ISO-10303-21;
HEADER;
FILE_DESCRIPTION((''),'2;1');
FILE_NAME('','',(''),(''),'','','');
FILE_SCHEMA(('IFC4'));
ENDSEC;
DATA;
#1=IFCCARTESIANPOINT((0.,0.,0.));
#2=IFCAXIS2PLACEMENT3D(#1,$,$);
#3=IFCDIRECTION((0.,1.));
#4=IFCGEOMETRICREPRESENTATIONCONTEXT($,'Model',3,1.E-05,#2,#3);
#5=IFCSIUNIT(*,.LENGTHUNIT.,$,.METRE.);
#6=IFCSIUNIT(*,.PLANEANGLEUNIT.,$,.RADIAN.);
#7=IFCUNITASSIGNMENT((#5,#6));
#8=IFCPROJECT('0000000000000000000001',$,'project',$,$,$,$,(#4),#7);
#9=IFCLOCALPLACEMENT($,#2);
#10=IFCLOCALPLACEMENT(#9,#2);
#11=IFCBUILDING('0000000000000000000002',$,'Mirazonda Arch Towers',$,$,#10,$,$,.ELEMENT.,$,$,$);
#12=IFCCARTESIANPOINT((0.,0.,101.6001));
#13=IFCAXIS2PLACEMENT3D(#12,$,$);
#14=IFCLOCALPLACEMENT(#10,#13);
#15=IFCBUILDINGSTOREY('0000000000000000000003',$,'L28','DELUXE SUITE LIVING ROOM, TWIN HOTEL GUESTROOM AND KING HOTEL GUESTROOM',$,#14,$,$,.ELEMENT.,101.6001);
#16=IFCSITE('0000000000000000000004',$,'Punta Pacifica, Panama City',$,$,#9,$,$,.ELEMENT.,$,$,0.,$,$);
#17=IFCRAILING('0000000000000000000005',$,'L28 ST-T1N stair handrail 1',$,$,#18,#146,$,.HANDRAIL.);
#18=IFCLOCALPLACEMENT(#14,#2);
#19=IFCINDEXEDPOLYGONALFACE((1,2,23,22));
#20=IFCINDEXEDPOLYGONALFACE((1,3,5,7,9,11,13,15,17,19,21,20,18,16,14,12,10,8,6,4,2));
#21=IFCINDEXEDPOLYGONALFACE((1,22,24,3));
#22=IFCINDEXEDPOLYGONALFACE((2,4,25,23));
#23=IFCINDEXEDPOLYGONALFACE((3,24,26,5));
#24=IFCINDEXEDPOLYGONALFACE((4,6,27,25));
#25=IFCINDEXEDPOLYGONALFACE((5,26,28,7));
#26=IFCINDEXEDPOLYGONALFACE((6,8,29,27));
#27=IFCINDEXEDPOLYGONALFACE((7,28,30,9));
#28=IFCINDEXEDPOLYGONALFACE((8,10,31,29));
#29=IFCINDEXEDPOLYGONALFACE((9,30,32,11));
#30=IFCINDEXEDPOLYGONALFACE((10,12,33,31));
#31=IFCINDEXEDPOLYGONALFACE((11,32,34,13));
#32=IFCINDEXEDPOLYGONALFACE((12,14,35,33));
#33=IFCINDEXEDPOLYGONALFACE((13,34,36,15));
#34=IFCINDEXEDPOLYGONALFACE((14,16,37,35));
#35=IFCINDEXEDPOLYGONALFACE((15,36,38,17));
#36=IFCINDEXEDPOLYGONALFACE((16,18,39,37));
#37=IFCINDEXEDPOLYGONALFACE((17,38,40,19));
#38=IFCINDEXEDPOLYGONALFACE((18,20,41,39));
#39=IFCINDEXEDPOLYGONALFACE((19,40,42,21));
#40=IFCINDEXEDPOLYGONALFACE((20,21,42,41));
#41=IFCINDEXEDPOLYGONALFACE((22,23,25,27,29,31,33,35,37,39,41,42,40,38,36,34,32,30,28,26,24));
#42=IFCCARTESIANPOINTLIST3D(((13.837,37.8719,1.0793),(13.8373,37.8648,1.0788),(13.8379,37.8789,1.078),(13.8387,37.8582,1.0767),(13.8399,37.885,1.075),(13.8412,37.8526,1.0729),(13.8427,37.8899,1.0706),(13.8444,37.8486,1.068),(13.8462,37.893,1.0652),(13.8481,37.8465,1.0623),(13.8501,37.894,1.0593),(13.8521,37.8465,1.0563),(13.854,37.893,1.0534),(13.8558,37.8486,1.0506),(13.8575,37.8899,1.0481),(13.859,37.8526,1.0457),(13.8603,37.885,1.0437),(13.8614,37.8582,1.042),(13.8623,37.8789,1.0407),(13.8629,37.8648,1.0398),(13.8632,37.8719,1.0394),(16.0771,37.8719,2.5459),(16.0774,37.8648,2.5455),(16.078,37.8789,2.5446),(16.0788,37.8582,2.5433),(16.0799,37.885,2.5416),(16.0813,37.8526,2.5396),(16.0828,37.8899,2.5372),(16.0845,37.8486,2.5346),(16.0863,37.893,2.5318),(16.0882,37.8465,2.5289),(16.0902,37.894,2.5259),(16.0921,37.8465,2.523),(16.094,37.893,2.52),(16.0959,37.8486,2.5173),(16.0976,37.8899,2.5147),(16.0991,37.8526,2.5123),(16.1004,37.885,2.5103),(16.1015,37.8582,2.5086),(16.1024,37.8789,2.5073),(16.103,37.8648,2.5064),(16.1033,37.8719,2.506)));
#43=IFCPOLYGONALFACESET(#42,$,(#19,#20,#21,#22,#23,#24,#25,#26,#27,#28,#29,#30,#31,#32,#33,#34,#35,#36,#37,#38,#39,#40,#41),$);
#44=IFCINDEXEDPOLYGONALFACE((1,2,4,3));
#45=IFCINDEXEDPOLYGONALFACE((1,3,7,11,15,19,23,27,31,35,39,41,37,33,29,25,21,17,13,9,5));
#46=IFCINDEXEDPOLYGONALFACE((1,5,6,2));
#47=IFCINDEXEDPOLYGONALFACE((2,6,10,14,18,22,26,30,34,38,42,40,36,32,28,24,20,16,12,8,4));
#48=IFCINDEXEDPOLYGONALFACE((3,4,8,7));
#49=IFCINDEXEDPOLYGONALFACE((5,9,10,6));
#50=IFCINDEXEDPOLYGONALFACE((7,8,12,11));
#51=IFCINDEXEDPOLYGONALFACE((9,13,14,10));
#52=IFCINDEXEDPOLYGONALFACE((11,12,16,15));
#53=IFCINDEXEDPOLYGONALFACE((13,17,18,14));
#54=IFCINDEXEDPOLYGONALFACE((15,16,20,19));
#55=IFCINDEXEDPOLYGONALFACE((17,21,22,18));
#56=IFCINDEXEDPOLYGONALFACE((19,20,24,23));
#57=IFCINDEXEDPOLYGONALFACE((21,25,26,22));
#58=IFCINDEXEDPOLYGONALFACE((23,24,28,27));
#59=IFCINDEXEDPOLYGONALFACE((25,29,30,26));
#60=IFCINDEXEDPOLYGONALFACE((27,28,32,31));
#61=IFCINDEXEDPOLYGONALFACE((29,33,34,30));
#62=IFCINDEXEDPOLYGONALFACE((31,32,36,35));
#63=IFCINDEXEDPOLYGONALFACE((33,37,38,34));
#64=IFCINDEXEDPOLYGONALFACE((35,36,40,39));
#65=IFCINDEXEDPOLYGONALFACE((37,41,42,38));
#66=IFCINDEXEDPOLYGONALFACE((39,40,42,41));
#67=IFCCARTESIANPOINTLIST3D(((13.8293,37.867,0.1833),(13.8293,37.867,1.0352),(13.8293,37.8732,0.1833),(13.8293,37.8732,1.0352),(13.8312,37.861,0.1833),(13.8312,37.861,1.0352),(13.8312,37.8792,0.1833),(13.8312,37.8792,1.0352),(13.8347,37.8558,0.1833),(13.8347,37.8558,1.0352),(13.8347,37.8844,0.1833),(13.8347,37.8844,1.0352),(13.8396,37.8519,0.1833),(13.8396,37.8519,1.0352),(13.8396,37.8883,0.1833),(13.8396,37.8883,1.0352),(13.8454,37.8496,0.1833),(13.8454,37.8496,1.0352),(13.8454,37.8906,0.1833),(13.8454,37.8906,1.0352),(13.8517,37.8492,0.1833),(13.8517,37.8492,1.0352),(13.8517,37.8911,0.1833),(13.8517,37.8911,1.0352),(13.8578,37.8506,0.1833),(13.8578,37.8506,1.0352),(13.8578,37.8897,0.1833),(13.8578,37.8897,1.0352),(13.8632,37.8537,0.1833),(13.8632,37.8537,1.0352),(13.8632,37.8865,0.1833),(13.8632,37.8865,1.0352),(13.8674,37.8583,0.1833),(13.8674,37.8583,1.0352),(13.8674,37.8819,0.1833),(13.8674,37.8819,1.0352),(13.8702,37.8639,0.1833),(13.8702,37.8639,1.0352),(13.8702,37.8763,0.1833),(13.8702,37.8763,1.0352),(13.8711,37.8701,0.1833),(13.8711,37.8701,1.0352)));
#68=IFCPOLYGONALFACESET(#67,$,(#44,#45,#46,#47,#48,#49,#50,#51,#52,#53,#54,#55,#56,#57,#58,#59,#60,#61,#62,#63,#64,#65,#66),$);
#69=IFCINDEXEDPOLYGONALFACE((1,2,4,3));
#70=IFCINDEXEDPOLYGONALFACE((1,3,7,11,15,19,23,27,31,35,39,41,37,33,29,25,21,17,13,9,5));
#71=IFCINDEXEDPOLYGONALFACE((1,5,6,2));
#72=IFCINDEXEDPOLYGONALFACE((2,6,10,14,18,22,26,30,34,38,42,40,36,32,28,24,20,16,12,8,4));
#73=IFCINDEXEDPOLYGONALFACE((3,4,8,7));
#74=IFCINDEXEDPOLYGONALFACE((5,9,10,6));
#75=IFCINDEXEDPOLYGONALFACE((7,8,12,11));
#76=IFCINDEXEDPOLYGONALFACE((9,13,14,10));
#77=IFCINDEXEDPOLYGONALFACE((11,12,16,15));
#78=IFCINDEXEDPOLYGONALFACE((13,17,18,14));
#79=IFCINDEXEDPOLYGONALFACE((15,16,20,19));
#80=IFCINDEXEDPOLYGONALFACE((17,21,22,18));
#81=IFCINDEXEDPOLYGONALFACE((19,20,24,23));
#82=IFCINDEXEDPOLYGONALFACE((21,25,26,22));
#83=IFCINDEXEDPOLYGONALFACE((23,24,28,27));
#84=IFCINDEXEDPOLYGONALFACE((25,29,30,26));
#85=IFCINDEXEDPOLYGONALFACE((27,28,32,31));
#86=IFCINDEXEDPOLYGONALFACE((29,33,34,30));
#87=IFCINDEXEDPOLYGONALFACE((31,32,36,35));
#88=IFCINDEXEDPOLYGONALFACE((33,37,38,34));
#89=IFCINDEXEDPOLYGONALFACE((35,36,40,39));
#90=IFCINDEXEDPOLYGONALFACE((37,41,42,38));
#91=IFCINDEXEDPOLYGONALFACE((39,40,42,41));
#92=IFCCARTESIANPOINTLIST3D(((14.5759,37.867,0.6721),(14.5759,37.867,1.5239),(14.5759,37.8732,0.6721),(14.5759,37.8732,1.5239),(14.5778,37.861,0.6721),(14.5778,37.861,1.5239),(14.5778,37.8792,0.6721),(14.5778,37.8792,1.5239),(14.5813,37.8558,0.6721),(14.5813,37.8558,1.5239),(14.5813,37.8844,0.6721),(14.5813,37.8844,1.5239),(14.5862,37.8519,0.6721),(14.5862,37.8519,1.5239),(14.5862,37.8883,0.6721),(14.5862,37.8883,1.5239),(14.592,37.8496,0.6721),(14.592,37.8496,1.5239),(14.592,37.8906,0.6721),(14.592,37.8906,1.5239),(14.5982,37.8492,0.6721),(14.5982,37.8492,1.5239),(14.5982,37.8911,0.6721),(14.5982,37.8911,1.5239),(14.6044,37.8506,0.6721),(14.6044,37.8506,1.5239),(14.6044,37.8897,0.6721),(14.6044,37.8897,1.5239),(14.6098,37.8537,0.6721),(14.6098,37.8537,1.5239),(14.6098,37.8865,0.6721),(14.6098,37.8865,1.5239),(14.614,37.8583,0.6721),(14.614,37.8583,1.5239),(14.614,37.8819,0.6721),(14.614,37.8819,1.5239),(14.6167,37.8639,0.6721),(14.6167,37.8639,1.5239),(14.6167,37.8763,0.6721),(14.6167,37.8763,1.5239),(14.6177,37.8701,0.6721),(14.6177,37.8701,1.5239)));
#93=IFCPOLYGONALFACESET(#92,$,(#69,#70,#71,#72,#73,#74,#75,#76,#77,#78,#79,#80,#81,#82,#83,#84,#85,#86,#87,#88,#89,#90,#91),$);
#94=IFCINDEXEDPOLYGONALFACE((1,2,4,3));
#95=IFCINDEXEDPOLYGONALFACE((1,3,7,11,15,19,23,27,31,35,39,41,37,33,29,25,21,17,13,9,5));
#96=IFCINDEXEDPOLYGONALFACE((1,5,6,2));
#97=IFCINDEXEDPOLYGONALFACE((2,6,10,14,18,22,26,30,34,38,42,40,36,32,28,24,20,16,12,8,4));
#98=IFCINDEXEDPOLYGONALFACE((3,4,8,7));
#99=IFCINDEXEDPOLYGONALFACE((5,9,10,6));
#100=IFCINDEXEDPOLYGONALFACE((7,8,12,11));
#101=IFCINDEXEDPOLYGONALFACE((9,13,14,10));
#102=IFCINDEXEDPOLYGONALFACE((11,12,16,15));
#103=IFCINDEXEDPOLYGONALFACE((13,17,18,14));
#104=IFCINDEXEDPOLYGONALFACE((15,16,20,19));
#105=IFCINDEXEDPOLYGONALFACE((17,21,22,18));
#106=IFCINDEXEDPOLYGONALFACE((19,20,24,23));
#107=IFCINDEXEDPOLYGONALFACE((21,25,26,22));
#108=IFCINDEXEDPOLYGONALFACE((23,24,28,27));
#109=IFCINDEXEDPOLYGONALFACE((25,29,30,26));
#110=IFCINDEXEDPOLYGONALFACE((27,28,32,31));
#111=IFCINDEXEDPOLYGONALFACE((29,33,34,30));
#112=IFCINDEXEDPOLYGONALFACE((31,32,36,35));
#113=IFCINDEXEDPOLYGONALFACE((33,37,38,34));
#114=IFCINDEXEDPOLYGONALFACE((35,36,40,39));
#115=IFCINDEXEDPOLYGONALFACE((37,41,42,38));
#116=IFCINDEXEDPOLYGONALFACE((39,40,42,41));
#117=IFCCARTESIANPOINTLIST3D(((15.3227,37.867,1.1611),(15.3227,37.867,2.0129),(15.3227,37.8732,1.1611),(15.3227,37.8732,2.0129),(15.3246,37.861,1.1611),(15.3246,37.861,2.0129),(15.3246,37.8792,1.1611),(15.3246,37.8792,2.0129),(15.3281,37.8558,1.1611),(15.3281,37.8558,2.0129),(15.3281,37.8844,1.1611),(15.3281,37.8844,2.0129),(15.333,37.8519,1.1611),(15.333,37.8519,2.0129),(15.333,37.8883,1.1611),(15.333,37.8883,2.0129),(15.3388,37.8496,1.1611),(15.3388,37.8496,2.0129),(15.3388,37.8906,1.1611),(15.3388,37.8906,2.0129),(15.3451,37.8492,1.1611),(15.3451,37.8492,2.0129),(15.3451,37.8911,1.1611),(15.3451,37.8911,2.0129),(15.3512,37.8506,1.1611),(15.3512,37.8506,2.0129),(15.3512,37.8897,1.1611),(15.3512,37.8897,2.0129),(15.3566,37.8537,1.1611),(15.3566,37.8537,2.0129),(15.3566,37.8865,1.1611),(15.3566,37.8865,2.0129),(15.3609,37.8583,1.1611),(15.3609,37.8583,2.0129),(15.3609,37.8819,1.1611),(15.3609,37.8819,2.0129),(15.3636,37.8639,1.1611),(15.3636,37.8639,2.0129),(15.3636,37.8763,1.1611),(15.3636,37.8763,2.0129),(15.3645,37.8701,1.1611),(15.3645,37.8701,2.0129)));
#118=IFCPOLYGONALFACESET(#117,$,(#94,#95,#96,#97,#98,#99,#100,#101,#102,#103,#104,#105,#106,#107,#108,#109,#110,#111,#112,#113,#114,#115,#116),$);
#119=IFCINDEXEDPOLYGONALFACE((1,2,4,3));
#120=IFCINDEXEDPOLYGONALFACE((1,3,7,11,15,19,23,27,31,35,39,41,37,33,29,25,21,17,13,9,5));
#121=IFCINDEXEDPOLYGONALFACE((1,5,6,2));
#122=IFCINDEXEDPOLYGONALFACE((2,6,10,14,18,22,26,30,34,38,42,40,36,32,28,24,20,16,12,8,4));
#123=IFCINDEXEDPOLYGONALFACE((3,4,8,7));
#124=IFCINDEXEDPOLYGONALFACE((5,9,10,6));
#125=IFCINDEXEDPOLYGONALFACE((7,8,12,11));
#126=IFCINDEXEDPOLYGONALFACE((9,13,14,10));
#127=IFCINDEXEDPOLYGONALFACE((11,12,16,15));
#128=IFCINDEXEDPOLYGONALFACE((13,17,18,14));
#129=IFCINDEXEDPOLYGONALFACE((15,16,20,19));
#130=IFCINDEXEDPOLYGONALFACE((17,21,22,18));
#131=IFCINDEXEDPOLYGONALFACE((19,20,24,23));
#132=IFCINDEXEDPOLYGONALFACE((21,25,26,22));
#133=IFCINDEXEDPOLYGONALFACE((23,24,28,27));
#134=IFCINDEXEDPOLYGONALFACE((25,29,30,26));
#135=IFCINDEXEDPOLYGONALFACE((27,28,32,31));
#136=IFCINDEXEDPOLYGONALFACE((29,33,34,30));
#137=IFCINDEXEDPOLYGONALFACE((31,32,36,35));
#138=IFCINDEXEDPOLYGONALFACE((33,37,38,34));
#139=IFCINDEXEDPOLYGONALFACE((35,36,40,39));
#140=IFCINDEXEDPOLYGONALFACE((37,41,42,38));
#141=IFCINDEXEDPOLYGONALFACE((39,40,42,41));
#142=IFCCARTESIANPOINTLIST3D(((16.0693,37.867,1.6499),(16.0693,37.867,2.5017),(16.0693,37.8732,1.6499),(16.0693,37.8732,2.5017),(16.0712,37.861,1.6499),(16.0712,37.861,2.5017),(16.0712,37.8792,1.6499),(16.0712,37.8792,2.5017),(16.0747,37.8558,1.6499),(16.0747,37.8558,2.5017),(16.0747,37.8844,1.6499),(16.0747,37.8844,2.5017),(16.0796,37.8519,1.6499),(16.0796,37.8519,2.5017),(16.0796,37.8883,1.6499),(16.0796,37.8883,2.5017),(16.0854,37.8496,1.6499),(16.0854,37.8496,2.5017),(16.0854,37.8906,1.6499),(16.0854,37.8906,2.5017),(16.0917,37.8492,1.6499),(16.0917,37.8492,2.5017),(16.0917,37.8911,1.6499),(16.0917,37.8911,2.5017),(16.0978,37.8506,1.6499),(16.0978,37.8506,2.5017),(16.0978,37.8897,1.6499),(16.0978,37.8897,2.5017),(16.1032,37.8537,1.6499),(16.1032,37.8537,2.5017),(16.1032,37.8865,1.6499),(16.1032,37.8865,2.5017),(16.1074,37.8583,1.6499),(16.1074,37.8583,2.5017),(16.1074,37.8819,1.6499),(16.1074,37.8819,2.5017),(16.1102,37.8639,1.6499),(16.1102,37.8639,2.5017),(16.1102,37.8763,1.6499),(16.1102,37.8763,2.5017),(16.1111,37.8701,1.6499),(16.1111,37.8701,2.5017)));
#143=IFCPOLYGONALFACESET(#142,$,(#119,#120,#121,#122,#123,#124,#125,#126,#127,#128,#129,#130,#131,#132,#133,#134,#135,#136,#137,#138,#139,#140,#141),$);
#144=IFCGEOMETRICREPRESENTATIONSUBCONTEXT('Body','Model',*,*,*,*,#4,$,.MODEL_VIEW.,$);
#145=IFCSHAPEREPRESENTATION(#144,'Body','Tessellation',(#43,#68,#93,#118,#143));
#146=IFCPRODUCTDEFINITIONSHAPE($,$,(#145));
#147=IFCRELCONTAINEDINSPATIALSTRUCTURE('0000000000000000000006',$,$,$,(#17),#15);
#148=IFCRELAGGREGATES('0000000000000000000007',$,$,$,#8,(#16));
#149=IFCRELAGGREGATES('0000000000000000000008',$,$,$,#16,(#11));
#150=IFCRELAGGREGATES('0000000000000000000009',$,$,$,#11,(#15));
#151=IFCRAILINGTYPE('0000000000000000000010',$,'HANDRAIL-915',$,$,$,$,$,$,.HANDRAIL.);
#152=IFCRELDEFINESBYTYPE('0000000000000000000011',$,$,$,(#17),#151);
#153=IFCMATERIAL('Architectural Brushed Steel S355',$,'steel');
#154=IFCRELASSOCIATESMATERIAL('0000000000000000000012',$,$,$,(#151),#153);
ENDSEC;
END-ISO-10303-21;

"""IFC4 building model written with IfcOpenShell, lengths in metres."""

from ifc_helpers import new_model, si_unit, direction, frame, origin, origin_2d, place, context, subcontext, project, spatial, circle, extrude, material, type_object, element, save


model = new_model("IFC4")

# Units and contexts
model_context = context("Model", 3, precision=1e-05, world=origin(), true_north=direction((0.0, 1.0)))
body_context = subcontext(model_context, "Body", "Model", "MODEL_VIEW")
ifc_project = project(units=[si_unit("LENGTHUNIT", "METRE"), si_unit("PLANEANGLEUNIT", "RADIAN")], contexts=[model_context])

# Site, building, storey
site_placement = place(None, origin())
site = spatial("IfcSite", under=ifc_project, at=site_placement, Name="Punta Pacifica, Panama City", CompositionType="ELEMENT", RefElevation=0.0)
building_placement = place(site_placement, origin())
building = spatial("IfcBuilding", under=site, at=building_placement, Name="Mirazonda Arch Towers", CompositionType="ELEMENT")
storey_placement = place(building_placement, frame((0.0, 0.0, 101.6001)))
storey = spatial("IfcBuildingStorey", under=building, at=storey_placement, Name="L28", Description="DELUXE SUITE LIVING ROOM, TWIN HOTEL GUESTROOM AND KING HOTEL GUESTROOM", CompositionType="ELEMENT", Elevation=101.6001)

# Shared definitions
ifc_material_1 = material(Name="Architectural Brushed Steel S355", Category="steel")

# Railing
railing_type_1 = type_object("IfcRailingType", Name="HANDRAIL-915", PredefinedType="HANDRAIL", material=ifc_material_1)
railing_1_placement = place(storey_placement, frame((13.8501, 37.8701, 0.1833)))
element("IfcRailing", 1, at=railing_1_placement, inside=storey, type_object=railing_type_1, Name="L28 ST-T1N stair handrail 1", PredefinedType="HANDRAIL", context=body_context, shape_type="SweptSolid", body=[
    extrude(circle(Radius=0.0239, at=origin_2d()), frame((0.0, 0.0, 0.876), z_axis=(0.836637, 0.0, 0.547758), x_axis=(0.0, 1.0, 0.0)), (0.0, 0.0, 1.0), 2.6775),
    extrude(circle(Radius=0.021, at=origin_2d()), origin(), (0.0, 0.0, 1.0), 0.8518),
    extrude(circle(Radius=0.021, at=origin_2d()), frame((0.7466, 0.0, 0.4888)), (0.0, 0.0, 1.0), 0.8518),
    extrude(circle(Radius=0.021, at=origin_2d()), frame((1.4934, 0.0, 0.9778)), (0.0, 0.0, 1.0), 0.8518),
    extrude(circle(Radius=0.021, at=origin_2d()), frame((2.24, 0.0, 1.4666)), (0.0, 0.0, 1.0), 0.8518),
])

save(model, "model.ifc")
